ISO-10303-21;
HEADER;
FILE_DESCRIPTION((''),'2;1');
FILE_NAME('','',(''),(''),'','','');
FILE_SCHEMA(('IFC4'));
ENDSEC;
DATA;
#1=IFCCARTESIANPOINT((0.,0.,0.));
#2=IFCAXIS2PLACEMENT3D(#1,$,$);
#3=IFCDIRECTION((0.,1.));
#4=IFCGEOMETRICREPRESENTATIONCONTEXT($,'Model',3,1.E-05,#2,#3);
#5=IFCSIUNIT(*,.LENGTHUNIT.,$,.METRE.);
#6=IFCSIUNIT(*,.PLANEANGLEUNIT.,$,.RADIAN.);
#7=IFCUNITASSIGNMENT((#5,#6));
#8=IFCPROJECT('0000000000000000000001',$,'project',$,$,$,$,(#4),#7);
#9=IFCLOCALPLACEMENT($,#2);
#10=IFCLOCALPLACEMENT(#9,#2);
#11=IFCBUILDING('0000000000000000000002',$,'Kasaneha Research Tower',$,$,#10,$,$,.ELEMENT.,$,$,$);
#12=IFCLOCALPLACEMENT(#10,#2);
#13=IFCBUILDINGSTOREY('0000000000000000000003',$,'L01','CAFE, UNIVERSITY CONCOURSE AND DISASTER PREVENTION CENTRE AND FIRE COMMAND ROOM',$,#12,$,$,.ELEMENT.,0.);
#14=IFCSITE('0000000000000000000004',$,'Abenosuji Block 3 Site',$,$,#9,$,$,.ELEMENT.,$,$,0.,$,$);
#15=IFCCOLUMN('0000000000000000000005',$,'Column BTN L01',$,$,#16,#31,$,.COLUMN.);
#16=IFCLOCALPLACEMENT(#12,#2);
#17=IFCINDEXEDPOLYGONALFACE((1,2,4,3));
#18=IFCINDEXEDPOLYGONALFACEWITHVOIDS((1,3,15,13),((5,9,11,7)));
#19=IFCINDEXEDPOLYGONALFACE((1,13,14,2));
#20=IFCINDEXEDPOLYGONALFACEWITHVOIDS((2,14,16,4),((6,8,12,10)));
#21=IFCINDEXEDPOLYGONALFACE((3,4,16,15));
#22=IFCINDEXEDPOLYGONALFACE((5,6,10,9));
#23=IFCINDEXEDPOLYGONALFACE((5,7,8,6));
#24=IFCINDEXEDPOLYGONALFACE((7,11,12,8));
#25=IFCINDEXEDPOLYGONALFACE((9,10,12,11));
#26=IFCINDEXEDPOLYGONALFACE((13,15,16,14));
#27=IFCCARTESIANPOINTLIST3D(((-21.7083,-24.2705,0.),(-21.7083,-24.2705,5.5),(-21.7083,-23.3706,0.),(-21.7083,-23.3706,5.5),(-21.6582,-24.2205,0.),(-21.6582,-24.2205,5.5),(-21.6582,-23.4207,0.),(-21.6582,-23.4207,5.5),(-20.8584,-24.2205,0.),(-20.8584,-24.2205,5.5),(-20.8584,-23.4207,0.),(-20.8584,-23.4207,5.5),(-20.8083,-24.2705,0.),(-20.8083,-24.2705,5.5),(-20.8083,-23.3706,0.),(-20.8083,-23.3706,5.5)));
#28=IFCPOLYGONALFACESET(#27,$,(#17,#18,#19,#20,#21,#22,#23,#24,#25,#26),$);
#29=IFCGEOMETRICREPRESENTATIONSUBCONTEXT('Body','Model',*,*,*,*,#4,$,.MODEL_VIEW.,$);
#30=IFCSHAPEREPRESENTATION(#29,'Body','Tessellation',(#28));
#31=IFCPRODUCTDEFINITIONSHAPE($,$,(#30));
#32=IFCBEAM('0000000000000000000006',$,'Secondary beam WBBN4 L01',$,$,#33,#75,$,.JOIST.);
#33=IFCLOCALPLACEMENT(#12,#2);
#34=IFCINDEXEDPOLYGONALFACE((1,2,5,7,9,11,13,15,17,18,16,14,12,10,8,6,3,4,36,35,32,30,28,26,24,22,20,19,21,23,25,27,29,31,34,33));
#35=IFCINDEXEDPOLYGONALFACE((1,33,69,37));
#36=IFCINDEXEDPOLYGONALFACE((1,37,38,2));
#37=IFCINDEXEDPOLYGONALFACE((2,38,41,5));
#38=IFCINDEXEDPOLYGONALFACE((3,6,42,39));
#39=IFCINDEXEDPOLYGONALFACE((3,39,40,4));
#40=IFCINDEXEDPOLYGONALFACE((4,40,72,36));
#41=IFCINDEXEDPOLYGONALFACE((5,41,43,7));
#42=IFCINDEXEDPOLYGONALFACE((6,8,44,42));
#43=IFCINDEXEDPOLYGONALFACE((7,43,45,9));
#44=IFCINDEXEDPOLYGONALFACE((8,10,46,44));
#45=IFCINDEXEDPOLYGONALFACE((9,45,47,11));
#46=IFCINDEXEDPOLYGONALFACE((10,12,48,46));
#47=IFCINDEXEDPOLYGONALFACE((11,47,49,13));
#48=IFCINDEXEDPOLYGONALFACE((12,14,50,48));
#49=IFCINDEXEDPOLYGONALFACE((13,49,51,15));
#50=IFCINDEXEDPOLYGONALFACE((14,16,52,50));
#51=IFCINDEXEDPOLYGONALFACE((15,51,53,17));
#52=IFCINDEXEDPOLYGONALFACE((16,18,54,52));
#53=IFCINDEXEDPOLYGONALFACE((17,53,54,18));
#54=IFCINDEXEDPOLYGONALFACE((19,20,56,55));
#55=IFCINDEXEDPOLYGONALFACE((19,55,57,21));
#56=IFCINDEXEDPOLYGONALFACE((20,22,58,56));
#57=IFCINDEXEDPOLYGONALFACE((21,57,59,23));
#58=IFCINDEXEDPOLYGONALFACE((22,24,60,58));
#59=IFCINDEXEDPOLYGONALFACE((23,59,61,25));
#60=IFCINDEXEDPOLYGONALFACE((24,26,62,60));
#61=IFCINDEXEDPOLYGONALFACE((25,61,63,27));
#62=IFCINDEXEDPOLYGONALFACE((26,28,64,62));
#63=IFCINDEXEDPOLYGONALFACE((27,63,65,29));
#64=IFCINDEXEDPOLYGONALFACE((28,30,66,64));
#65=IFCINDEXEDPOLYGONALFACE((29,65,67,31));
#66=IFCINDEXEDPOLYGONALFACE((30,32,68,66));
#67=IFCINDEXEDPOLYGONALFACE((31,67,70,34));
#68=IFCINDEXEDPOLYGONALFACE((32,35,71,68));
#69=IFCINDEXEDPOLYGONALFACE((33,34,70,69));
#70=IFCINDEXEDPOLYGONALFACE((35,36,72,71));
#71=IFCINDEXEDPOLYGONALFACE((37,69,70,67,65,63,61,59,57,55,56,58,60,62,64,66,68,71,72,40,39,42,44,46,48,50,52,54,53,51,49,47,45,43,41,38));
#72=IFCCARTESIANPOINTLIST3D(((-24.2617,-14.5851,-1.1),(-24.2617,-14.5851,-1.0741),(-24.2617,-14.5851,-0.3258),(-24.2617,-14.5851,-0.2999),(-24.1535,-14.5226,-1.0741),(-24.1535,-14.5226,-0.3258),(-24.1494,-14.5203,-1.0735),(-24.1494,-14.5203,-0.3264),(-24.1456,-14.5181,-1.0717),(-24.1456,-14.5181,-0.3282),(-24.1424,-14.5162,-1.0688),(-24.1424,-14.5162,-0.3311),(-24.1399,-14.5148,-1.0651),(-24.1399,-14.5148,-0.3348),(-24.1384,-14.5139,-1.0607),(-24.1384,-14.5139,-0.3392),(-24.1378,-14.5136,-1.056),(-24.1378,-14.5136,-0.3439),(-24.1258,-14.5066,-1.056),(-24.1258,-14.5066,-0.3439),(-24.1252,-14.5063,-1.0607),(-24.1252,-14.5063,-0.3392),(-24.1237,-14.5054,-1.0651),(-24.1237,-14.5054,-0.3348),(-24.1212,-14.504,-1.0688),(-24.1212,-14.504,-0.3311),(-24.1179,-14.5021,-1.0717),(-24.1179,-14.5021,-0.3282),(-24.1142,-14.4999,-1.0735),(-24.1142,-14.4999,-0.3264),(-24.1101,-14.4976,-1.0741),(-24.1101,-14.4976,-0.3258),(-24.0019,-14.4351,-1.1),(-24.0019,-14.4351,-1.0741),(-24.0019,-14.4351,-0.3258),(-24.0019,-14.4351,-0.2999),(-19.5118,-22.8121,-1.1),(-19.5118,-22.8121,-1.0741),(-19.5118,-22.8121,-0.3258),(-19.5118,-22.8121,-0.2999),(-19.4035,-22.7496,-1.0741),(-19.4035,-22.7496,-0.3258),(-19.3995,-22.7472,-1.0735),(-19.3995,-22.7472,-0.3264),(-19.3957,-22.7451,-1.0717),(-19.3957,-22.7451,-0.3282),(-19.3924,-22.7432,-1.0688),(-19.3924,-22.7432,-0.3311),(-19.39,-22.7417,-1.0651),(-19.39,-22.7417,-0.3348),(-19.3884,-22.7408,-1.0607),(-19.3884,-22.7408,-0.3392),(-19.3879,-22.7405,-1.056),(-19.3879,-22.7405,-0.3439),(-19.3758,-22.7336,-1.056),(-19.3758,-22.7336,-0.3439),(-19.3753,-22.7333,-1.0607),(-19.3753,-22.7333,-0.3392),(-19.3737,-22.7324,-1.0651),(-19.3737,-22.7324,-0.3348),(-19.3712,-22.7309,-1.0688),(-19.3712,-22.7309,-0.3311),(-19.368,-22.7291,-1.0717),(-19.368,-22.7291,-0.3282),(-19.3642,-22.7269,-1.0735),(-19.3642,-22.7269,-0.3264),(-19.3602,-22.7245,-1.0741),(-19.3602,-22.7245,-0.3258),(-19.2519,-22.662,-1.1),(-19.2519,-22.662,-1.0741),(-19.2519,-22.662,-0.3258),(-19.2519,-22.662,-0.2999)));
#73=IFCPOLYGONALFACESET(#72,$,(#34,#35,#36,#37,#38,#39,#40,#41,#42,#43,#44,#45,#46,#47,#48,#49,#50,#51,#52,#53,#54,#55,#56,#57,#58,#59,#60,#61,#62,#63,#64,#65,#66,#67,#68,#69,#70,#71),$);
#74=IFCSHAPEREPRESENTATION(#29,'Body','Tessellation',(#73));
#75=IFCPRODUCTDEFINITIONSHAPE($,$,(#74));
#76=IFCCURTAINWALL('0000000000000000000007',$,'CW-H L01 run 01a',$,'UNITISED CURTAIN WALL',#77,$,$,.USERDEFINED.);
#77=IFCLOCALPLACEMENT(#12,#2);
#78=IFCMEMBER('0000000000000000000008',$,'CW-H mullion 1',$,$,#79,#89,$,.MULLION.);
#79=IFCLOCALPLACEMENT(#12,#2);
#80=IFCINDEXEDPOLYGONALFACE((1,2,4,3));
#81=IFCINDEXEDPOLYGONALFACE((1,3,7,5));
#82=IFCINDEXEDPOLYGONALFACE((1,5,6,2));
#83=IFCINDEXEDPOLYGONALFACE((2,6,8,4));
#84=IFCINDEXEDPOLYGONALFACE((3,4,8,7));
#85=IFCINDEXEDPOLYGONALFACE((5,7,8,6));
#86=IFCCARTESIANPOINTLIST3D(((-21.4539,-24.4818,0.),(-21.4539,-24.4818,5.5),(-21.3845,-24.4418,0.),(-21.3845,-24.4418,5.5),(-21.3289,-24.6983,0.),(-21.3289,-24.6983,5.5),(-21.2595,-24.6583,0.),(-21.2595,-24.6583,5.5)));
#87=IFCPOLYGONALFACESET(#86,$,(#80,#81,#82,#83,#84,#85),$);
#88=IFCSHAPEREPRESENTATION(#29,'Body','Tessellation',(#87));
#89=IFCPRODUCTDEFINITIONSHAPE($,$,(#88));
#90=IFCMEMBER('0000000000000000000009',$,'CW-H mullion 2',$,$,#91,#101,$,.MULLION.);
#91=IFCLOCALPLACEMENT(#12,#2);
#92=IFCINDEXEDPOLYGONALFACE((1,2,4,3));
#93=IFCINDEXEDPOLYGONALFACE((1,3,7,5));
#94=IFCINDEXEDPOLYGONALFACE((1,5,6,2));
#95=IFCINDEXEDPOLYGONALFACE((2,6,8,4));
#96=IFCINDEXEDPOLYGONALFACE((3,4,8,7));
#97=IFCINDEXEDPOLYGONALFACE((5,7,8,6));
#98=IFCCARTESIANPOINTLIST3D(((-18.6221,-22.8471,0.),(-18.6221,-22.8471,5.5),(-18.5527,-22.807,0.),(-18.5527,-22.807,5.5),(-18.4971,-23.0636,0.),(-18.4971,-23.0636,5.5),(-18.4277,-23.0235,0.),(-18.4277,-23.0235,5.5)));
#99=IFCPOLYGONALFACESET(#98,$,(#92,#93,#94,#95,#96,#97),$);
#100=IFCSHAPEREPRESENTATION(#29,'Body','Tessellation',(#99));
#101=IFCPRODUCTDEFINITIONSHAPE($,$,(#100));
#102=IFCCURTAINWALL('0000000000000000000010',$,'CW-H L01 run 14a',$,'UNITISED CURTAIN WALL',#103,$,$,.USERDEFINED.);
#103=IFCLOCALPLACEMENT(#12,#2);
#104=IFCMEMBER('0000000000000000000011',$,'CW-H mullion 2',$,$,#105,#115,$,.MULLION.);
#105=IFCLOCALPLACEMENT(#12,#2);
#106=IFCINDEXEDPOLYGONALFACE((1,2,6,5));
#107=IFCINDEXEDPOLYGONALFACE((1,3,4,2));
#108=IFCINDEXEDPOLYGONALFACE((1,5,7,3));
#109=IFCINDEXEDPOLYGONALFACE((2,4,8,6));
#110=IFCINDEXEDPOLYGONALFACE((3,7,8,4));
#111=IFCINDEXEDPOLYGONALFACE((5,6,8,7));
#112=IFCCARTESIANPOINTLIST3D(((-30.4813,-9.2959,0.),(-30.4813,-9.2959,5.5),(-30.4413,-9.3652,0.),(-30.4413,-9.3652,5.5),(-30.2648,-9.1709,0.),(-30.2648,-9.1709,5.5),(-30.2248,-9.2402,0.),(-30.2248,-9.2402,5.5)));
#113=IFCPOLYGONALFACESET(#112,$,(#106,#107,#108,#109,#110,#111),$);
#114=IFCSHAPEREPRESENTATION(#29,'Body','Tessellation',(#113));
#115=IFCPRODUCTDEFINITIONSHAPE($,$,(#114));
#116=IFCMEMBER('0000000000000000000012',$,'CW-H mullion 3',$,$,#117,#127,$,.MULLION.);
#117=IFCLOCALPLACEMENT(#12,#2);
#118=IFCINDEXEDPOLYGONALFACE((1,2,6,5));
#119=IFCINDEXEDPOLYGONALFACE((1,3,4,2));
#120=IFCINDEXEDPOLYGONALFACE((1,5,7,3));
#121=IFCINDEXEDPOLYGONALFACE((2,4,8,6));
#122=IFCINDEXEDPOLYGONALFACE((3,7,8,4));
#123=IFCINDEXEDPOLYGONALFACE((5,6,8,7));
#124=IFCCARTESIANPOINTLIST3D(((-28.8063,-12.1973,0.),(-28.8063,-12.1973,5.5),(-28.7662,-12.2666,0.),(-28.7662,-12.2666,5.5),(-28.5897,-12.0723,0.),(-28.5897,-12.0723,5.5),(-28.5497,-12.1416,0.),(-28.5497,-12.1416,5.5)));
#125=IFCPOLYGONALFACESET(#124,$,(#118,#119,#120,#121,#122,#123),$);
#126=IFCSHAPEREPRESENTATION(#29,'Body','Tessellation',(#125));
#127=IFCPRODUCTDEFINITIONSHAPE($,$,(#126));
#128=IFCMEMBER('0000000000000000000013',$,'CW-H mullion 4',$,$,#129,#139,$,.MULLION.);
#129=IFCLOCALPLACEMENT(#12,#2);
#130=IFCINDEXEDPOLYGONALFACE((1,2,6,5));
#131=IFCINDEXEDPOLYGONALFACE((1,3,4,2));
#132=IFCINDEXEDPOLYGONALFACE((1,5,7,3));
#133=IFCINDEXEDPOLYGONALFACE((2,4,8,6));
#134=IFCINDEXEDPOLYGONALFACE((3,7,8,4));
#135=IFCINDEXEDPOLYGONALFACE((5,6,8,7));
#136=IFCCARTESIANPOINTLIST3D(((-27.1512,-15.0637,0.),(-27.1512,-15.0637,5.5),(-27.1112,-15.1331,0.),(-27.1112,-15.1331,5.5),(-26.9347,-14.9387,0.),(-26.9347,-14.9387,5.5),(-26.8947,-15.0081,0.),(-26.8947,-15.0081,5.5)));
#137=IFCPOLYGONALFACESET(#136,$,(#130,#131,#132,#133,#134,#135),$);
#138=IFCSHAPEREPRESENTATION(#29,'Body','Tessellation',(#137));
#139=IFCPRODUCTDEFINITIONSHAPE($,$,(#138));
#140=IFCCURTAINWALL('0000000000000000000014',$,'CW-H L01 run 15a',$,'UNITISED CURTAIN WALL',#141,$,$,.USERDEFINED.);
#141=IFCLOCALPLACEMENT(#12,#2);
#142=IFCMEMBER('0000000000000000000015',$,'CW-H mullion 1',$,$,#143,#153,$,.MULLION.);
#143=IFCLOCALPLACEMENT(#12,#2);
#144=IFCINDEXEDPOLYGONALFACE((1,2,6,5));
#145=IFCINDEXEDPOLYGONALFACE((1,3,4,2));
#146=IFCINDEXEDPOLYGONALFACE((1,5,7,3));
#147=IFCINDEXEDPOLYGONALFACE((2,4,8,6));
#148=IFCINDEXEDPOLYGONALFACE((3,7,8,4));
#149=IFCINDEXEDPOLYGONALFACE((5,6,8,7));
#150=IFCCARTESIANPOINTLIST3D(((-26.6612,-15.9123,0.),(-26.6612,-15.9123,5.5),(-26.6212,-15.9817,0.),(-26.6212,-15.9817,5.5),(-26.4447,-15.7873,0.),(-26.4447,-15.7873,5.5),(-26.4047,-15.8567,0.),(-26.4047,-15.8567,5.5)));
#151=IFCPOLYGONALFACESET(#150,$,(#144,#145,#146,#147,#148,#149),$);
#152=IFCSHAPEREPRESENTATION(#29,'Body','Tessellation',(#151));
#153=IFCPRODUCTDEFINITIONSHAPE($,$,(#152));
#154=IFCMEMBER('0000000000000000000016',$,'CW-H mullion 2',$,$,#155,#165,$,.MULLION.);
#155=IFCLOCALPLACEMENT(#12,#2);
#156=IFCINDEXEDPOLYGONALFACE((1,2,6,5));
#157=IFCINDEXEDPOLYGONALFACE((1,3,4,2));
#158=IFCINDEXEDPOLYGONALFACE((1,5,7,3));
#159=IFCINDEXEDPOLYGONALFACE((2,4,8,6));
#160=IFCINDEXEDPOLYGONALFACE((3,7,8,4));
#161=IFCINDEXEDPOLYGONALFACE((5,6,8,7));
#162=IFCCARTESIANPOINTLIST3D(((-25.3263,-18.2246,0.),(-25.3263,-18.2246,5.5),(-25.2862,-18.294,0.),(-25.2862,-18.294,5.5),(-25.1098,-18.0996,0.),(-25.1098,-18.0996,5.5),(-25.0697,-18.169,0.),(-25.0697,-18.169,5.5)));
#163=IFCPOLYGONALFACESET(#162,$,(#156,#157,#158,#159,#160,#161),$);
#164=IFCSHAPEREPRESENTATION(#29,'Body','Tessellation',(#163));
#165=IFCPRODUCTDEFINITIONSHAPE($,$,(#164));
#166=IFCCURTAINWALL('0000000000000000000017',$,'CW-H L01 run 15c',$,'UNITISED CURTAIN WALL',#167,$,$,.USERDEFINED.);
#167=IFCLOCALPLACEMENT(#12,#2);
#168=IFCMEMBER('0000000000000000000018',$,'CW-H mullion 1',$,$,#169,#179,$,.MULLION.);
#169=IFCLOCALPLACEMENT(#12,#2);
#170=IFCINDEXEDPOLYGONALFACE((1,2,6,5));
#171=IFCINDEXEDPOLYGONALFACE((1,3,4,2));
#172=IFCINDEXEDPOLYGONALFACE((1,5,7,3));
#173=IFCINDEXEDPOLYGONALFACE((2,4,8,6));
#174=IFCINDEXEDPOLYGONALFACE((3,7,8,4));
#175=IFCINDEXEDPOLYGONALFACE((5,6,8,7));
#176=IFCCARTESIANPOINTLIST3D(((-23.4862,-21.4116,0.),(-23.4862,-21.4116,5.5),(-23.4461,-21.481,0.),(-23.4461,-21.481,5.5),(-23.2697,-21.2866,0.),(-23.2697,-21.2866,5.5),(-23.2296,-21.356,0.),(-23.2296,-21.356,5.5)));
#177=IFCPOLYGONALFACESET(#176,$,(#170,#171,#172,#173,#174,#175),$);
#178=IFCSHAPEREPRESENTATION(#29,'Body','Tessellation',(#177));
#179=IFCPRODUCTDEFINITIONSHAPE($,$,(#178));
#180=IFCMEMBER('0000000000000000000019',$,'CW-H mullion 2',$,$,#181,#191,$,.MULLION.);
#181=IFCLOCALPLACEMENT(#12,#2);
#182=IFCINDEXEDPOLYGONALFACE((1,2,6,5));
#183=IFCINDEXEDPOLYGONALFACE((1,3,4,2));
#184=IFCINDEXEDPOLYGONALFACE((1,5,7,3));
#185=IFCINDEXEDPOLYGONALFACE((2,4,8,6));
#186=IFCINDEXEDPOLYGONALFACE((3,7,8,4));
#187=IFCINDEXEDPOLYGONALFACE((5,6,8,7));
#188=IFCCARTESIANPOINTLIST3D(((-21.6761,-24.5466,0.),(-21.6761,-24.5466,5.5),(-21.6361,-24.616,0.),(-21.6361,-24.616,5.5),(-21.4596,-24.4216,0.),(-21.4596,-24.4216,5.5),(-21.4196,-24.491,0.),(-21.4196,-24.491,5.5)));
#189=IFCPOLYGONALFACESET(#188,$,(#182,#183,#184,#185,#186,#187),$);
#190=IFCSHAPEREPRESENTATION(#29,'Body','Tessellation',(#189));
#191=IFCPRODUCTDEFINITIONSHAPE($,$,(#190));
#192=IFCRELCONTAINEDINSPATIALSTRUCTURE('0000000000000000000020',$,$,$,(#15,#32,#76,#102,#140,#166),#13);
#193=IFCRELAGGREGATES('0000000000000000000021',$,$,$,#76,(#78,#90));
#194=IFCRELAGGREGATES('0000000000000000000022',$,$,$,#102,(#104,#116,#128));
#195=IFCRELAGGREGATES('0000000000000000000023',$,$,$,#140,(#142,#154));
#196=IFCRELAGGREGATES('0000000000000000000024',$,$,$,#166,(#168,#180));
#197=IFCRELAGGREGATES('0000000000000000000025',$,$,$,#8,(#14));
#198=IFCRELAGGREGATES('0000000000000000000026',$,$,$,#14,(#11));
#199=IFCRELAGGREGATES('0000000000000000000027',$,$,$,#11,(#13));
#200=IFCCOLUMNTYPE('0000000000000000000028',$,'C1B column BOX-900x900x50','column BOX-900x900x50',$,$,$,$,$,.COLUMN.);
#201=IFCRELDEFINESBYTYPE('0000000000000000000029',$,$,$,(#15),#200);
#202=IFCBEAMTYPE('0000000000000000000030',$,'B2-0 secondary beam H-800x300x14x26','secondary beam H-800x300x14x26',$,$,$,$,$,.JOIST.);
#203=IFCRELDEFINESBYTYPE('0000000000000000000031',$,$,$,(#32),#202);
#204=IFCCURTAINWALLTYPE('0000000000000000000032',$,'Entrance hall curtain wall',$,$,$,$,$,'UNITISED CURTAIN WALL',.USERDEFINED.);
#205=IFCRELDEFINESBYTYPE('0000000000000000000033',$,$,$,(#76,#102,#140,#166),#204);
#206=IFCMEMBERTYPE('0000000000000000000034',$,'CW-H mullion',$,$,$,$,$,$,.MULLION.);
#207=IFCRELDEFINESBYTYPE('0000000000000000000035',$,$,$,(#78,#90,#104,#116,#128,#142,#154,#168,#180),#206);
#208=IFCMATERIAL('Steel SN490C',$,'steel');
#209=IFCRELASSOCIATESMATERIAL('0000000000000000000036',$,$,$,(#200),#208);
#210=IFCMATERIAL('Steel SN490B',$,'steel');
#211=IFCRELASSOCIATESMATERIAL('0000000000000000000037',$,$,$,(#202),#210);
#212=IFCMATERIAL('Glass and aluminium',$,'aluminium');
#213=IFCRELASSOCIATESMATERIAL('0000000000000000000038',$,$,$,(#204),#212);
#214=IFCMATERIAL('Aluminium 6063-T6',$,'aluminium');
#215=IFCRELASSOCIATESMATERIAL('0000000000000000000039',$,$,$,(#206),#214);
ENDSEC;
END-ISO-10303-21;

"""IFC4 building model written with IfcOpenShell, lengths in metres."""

from ifc_helpers import new_model, si_unit, direction, frame, origin, origin_2d, place, context, subcontext, project, spatial, rectangle, hollow_rectangle, i_section, extrude, material, material_profile, profile_set, type_object, element, aggregate, save


model = new_model("IFC4")

# Units and contexts
model_context = context("Model", 3, precision=1e-05, world=origin(), true_north=direction((0.0, 1.0)))
body_context = subcontext(model_context, "Body", "Model", "MODEL_VIEW")
ifc_project = project(units=[si_unit("LENGTHUNIT", "METRE"), si_unit("PLANEANGLEUNIT", "RADIAN")], contexts=[model_context])

# Site, building, storey
site_placement = place(None, origin())
site = spatial("IfcSite", under=ifc_project, at=site_placement, Name="Abenosuji Block 3 Site", CompositionType="ELEMENT", RefElevation=0.0)
building_placement = place(site_placement, origin())
building = spatial("IfcBuilding", under=site, at=building_placement, Name="Kasaneha Research Tower", CompositionType="ELEMENT")
storey_placement = place(building_placement, origin())
storey = spatial("IfcBuildingStorey", under=building, at=storey_placement, Name="L01", Description="CAFE, UNIVERSITY CONCOURSE AND DISASTER PREVENTION CENTRE AND FIRE COMMAND ROOM", CompositionType="ELEMENT", Elevation=0.0)

# Column
ifc_material_1 = material(Name="Steel SN490C", Category="steel")
ifc_material_profile_1 = material_profile(ifc_material_1, hollow_rectangle(XDim=0.8999, YDim=0.8999, WallThickness=0.05, at=origin_2d()), Name="BOX-900x900x50")
ifc_profile_set_1 = profile_set([ifc_material_profile_1], Name="Steel SN490C")
column_type = type_object("IfcColumnType", Name="C1B column BOX-900x900x50", Description="column BOX-900x900x50", PredefinedType="COLUMN", material=ifc_profile_set_1)
column_placement = place(storey_placement, frame((-21.2583, -23.8206, 0.0), z_axis=(0.0, 0.0, 1.0), x_axis=(1.0, 0.0, 0.0)))
element("IfcColumn", 1, at=column_placement, inside=storey, type_object=column_type, Name="Column BTN L01", PredefinedType="COLUMN", context=body_context, shape_type="SweptSolid", body=[
    extrude(hollow_rectangle(XDim=0.8999, YDim=0.8999, WallThickness=0.05, at=origin_2d()), origin(), (0.0, 0.0, 1.0), 5.5),
])

# Beam
ifc_material_2 = material(Name="Steel SN490B", Category="steel")
ifc_material_profile_2 = material_profile(ifc_material_2, i_section(OverallWidth=0.3, OverallDepth=0.8, WebThickness=0.0139, FlangeThickness=0.0259, FilletRadius=0.0181, at=origin_2d()), Name="H-800x300x14x26")
ifc_profile_set_2 = profile_set([ifc_material_profile_2], Name="Steel SN490B")
beam_type_1 = type_object("IfcBeamType", Name="B2-0 secondary beam H-800x300x14x26", Description="secondary beam H-800x300x14x26", PredefinedType="JOIST", material=ifc_profile_set_2)
beam_1_placement = place(storey_placement, frame((-19.3818, -22.7371, -0.7), z_axis=(-0.500009, 0.86602, 0.0), x_axis=(-0.86602, -0.500009, 0.0)))
element("IfcBeam", 2, at=beam_1_placement, inside=storey, type_object=beam_type_1, Name="Secondary beam WBBN4 L01", PredefinedType="JOIST", context=body_context, shape_type="SweptSolid", body=[
    extrude(i_section(OverallWidth=0.3, OverallDepth=0.8, WebThickness=0.0139, FlangeThickness=0.0259, FilletRadius=0.0181, at=origin_2d()), origin(), (0.0, 0.0, 1.0), 9.4998),
])

# Curtain walls, members
ifc_material_3 = material(Name="Glass and aluminium", Category="aluminium")
curtain_wall_type = type_object("IfcCurtainWallType", Name="Entrance hall curtain wall", ElementType="UNITISED CURTAIN WALL", PredefinedType="USERDEFINED", material=ifc_material_3)
curtain_wall_1_placement = place(storey_placement, origin())
curtain_wall_1 = element("IfcCurtainWall", 3, at=curtain_wall_1_placement, inside=storey, type_object=curtain_wall_type, Name="CW-H L01 run 01a", ObjectType="UNITISED CURTAIN WALL", PredefinedType="USERDEFINED")
ifc_material_4 = material(Name="Aluminium 6063-T6", Category="aluminium")
ifc_material_profile_3 = material_profile(ifc_material_4, rectangle(XDim=0.0801, YDim=0.25, at=origin_2d()), Name="CW-H mullion 80x250")
ifc_profile_set_3 = profile_set([ifc_material_profile_3], Name="Aluminium 6063-T6")
member_type_1 = type_object("IfcMemberType", Name="CW-H mullion", PredefinedType="MULLION", material=ifc_profile_set_3)
member_1_placement = place(storey_placement, frame((-21.3567, -24.5701, 0.0), z_axis=(0.0, 0.0, 1.0), x_axis=(0.866025, 0.5, 0.0)))
member_1 = element("IfcMember", 4, at=member_1_placement, type_object=member_type_1, Name="CW-H mullion 1", PredefinedType="MULLION", context=body_context, shape_type="SweptSolid", body=[
    extrude(rectangle(XDim=0.0801, YDim=0.25, at=origin_2d()), origin(), (0.0, 0.0, 1.0), 5.5),
])
member_2_placement = place(storey_placement, frame((-18.5249, -22.9353, 0.0), z_axis=(0.0, 0.0, 1.0), x_axis=(0.866025, 0.5, 0.0)))
member_2 = element("IfcMember", 5, at=member_2_placement, type_object=member_type_1, Name="CW-H mullion 2", PredefinedType="MULLION", context=body_context, shape_type="SweptSolid", body=[
    extrude(rectangle(XDim=0.0801, YDim=0.25, at=origin_2d()), origin(), (0.0, 0.0, 1.0), 5.5),
])
curtain_wall_2_placement = place(storey_placement, origin())
curtain_wall_2 = element("IfcCurtainWall", 6, at=curtain_wall_2_placement, inside=storey, type_object=curtain_wall_type, Name="CW-H L01 run 14a", ObjectType="UNITISED CURTAIN WALL", PredefinedType="USERDEFINED")
member_3_placement = place(storey_placement, frame((-30.353, -9.2681, 0.0), z_axis=(0.0, 0.0, 1.0), x_axis=(0.5, -0.866025, 0.0)))
member_3 = element("IfcMember", 7, at=member_3_placement, type_object=member_type_1, Name="CW-H mullion 2", PredefinedType="MULLION", context=body_context, shape_type="SweptSolid", body=[
    extrude(rectangle(XDim=0.0801, YDim=0.25, at=origin_2d()), origin(), (0.0, 0.0, 1.0), 5.5),
])
member_4_placement = place(storey_placement, frame((-28.678, -12.1694, 0.0), z_axis=(0.0, 0.0, 1.0), x_axis=(0.5, -0.866025, 0.0)))
member_4 = element("IfcMember", 8, at=member_4_placement, type_object=member_type_1, Name="CW-H mullion 3", PredefinedType="MULLION", context=body_context, shape_type="SweptSolid", body=[
    extrude(rectangle(XDim=0.0801, YDim=0.25, at=origin_2d()), origin(), (0.0, 0.0, 1.0), 5.5),
])
member_5_placement = place(storey_placement, frame((-27.0229, -15.0359, 0.0), z_axis=(0.0, 0.0, 1.0), x_axis=(0.5, -0.866025, 0.0)))
member_5 = element("IfcMember", 9, at=member_5_placement, type_object=member_type_1, Name="CW-H mullion 4", PredefinedType="MULLION", context=body_context, shape_type="SweptSolid", body=[
    extrude(rectangle(XDim=0.0801, YDim=0.25, at=origin_2d()), origin(), (0.0, 0.0, 1.0), 5.5),
])
curtain_wall_3_placement = place(storey_placement, origin())
curtain_wall_3 = element("IfcCurtainWall", 10, at=curtain_wall_3_placement, inside=storey, type_object=curtain_wall_type, Name="CW-H L01 run 15a", ObjectType="UNITISED CURTAIN WALL", PredefinedType="USERDEFINED")
member_6_placement = place(storey_placement, frame((-26.533, -15.8845, 0.0), z_axis=(0.0, 0.0, 1.0), x_axis=(0.5, -0.866025, 0.0)))
member_6 = element("IfcMember", 11, at=member_6_placement, type_object=member_type_1, Name="CW-H mullion 1", PredefinedType="MULLION", context=body_context, shape_type="SweptSolid", body=[
    extrude(rectangle(XDim=0.0801, YDim=0.25, at=origin_2d()), origin(), (0.0, 0.0, 1.0), 5.5),
])
member_7_placement = place(storey_placement, frame((-25.198, -18.1968, 0.0), z_axis=(0.0, 0.0, 1.0), x_axis=(0.5, -0.866025, 0.0)))
member_7 = element("IfcMember", 12, at=member_7_placement, type_object=member_type_1, Name="CW-H mullion 2", PredefinedType="MULLION", context=body_context, shape_type="SweptSolid", body=[
    extrude(rectangle(XDim=0.0801, YDim=0.25, at=origin_2d()), origin(), (0.0, 0.0, 1.0), 5.5),
])
curtain_wall_4_placement = place(storey_placement, origin())
curtain_wall_4 = element("IfcCurtainWall", 13, at=curtain_wall_4_placement, inside=storey, type_object=curtain_wall_type, Name="CW-H L01 run 15c", ObjectType="UNITISED CURTAIN WALL", PredefinedType="USERDEFINED")
member_8_placement = place(storey_placement, frame((-23.3579, -21.3838, 0.0), z_axis=(0.0, 0.0, 1.0), x_axis=(0.5, -0.866025, 0.0)))
member_8 = element("IfcMember", 14, at=member_8_placement, type_object=member_type_1, Name="CW-H mullion 1", PredefinedType="MULLION", context=body_context, shape_type="SweptSolid", body=[
    extrude(rectangle(XDim=0.0801, YDim=0.25, at=origin_2d()), origin(), (0.0, 0.0, 1.0), 5.5),
])
member_9_placement = place(storey_placement, frame((-21.5479, -24.5188, 0.0), z_axis=(0.0, 0.0, 1.0), x_axis=(0.5, -0.866025, 0.0)))
member_9 = element("IfcMember", 15, at=member_9_placement, type_object=member_type_1, Name="CW-H mullion 2", PredefinedType="MULLION", context=body_context, shape_type="SweptSolid", body=[
    extrude(rectangle(XDim=0.0801, YDim=0.25, at=origin_2d()), origin(), (0.0, 0.0, 1.0), 5.5),
])

aggregate(curtain_wall_1, [member_1, member_2])
aggregate(curtain_wall_2, [member_3, member_4, member_5])
aggregate(curtain_wall_3, [member_6, member_7])
aggregate(curtain_wall_4, [member_8, member_9])

save(model, "model.ifc")
